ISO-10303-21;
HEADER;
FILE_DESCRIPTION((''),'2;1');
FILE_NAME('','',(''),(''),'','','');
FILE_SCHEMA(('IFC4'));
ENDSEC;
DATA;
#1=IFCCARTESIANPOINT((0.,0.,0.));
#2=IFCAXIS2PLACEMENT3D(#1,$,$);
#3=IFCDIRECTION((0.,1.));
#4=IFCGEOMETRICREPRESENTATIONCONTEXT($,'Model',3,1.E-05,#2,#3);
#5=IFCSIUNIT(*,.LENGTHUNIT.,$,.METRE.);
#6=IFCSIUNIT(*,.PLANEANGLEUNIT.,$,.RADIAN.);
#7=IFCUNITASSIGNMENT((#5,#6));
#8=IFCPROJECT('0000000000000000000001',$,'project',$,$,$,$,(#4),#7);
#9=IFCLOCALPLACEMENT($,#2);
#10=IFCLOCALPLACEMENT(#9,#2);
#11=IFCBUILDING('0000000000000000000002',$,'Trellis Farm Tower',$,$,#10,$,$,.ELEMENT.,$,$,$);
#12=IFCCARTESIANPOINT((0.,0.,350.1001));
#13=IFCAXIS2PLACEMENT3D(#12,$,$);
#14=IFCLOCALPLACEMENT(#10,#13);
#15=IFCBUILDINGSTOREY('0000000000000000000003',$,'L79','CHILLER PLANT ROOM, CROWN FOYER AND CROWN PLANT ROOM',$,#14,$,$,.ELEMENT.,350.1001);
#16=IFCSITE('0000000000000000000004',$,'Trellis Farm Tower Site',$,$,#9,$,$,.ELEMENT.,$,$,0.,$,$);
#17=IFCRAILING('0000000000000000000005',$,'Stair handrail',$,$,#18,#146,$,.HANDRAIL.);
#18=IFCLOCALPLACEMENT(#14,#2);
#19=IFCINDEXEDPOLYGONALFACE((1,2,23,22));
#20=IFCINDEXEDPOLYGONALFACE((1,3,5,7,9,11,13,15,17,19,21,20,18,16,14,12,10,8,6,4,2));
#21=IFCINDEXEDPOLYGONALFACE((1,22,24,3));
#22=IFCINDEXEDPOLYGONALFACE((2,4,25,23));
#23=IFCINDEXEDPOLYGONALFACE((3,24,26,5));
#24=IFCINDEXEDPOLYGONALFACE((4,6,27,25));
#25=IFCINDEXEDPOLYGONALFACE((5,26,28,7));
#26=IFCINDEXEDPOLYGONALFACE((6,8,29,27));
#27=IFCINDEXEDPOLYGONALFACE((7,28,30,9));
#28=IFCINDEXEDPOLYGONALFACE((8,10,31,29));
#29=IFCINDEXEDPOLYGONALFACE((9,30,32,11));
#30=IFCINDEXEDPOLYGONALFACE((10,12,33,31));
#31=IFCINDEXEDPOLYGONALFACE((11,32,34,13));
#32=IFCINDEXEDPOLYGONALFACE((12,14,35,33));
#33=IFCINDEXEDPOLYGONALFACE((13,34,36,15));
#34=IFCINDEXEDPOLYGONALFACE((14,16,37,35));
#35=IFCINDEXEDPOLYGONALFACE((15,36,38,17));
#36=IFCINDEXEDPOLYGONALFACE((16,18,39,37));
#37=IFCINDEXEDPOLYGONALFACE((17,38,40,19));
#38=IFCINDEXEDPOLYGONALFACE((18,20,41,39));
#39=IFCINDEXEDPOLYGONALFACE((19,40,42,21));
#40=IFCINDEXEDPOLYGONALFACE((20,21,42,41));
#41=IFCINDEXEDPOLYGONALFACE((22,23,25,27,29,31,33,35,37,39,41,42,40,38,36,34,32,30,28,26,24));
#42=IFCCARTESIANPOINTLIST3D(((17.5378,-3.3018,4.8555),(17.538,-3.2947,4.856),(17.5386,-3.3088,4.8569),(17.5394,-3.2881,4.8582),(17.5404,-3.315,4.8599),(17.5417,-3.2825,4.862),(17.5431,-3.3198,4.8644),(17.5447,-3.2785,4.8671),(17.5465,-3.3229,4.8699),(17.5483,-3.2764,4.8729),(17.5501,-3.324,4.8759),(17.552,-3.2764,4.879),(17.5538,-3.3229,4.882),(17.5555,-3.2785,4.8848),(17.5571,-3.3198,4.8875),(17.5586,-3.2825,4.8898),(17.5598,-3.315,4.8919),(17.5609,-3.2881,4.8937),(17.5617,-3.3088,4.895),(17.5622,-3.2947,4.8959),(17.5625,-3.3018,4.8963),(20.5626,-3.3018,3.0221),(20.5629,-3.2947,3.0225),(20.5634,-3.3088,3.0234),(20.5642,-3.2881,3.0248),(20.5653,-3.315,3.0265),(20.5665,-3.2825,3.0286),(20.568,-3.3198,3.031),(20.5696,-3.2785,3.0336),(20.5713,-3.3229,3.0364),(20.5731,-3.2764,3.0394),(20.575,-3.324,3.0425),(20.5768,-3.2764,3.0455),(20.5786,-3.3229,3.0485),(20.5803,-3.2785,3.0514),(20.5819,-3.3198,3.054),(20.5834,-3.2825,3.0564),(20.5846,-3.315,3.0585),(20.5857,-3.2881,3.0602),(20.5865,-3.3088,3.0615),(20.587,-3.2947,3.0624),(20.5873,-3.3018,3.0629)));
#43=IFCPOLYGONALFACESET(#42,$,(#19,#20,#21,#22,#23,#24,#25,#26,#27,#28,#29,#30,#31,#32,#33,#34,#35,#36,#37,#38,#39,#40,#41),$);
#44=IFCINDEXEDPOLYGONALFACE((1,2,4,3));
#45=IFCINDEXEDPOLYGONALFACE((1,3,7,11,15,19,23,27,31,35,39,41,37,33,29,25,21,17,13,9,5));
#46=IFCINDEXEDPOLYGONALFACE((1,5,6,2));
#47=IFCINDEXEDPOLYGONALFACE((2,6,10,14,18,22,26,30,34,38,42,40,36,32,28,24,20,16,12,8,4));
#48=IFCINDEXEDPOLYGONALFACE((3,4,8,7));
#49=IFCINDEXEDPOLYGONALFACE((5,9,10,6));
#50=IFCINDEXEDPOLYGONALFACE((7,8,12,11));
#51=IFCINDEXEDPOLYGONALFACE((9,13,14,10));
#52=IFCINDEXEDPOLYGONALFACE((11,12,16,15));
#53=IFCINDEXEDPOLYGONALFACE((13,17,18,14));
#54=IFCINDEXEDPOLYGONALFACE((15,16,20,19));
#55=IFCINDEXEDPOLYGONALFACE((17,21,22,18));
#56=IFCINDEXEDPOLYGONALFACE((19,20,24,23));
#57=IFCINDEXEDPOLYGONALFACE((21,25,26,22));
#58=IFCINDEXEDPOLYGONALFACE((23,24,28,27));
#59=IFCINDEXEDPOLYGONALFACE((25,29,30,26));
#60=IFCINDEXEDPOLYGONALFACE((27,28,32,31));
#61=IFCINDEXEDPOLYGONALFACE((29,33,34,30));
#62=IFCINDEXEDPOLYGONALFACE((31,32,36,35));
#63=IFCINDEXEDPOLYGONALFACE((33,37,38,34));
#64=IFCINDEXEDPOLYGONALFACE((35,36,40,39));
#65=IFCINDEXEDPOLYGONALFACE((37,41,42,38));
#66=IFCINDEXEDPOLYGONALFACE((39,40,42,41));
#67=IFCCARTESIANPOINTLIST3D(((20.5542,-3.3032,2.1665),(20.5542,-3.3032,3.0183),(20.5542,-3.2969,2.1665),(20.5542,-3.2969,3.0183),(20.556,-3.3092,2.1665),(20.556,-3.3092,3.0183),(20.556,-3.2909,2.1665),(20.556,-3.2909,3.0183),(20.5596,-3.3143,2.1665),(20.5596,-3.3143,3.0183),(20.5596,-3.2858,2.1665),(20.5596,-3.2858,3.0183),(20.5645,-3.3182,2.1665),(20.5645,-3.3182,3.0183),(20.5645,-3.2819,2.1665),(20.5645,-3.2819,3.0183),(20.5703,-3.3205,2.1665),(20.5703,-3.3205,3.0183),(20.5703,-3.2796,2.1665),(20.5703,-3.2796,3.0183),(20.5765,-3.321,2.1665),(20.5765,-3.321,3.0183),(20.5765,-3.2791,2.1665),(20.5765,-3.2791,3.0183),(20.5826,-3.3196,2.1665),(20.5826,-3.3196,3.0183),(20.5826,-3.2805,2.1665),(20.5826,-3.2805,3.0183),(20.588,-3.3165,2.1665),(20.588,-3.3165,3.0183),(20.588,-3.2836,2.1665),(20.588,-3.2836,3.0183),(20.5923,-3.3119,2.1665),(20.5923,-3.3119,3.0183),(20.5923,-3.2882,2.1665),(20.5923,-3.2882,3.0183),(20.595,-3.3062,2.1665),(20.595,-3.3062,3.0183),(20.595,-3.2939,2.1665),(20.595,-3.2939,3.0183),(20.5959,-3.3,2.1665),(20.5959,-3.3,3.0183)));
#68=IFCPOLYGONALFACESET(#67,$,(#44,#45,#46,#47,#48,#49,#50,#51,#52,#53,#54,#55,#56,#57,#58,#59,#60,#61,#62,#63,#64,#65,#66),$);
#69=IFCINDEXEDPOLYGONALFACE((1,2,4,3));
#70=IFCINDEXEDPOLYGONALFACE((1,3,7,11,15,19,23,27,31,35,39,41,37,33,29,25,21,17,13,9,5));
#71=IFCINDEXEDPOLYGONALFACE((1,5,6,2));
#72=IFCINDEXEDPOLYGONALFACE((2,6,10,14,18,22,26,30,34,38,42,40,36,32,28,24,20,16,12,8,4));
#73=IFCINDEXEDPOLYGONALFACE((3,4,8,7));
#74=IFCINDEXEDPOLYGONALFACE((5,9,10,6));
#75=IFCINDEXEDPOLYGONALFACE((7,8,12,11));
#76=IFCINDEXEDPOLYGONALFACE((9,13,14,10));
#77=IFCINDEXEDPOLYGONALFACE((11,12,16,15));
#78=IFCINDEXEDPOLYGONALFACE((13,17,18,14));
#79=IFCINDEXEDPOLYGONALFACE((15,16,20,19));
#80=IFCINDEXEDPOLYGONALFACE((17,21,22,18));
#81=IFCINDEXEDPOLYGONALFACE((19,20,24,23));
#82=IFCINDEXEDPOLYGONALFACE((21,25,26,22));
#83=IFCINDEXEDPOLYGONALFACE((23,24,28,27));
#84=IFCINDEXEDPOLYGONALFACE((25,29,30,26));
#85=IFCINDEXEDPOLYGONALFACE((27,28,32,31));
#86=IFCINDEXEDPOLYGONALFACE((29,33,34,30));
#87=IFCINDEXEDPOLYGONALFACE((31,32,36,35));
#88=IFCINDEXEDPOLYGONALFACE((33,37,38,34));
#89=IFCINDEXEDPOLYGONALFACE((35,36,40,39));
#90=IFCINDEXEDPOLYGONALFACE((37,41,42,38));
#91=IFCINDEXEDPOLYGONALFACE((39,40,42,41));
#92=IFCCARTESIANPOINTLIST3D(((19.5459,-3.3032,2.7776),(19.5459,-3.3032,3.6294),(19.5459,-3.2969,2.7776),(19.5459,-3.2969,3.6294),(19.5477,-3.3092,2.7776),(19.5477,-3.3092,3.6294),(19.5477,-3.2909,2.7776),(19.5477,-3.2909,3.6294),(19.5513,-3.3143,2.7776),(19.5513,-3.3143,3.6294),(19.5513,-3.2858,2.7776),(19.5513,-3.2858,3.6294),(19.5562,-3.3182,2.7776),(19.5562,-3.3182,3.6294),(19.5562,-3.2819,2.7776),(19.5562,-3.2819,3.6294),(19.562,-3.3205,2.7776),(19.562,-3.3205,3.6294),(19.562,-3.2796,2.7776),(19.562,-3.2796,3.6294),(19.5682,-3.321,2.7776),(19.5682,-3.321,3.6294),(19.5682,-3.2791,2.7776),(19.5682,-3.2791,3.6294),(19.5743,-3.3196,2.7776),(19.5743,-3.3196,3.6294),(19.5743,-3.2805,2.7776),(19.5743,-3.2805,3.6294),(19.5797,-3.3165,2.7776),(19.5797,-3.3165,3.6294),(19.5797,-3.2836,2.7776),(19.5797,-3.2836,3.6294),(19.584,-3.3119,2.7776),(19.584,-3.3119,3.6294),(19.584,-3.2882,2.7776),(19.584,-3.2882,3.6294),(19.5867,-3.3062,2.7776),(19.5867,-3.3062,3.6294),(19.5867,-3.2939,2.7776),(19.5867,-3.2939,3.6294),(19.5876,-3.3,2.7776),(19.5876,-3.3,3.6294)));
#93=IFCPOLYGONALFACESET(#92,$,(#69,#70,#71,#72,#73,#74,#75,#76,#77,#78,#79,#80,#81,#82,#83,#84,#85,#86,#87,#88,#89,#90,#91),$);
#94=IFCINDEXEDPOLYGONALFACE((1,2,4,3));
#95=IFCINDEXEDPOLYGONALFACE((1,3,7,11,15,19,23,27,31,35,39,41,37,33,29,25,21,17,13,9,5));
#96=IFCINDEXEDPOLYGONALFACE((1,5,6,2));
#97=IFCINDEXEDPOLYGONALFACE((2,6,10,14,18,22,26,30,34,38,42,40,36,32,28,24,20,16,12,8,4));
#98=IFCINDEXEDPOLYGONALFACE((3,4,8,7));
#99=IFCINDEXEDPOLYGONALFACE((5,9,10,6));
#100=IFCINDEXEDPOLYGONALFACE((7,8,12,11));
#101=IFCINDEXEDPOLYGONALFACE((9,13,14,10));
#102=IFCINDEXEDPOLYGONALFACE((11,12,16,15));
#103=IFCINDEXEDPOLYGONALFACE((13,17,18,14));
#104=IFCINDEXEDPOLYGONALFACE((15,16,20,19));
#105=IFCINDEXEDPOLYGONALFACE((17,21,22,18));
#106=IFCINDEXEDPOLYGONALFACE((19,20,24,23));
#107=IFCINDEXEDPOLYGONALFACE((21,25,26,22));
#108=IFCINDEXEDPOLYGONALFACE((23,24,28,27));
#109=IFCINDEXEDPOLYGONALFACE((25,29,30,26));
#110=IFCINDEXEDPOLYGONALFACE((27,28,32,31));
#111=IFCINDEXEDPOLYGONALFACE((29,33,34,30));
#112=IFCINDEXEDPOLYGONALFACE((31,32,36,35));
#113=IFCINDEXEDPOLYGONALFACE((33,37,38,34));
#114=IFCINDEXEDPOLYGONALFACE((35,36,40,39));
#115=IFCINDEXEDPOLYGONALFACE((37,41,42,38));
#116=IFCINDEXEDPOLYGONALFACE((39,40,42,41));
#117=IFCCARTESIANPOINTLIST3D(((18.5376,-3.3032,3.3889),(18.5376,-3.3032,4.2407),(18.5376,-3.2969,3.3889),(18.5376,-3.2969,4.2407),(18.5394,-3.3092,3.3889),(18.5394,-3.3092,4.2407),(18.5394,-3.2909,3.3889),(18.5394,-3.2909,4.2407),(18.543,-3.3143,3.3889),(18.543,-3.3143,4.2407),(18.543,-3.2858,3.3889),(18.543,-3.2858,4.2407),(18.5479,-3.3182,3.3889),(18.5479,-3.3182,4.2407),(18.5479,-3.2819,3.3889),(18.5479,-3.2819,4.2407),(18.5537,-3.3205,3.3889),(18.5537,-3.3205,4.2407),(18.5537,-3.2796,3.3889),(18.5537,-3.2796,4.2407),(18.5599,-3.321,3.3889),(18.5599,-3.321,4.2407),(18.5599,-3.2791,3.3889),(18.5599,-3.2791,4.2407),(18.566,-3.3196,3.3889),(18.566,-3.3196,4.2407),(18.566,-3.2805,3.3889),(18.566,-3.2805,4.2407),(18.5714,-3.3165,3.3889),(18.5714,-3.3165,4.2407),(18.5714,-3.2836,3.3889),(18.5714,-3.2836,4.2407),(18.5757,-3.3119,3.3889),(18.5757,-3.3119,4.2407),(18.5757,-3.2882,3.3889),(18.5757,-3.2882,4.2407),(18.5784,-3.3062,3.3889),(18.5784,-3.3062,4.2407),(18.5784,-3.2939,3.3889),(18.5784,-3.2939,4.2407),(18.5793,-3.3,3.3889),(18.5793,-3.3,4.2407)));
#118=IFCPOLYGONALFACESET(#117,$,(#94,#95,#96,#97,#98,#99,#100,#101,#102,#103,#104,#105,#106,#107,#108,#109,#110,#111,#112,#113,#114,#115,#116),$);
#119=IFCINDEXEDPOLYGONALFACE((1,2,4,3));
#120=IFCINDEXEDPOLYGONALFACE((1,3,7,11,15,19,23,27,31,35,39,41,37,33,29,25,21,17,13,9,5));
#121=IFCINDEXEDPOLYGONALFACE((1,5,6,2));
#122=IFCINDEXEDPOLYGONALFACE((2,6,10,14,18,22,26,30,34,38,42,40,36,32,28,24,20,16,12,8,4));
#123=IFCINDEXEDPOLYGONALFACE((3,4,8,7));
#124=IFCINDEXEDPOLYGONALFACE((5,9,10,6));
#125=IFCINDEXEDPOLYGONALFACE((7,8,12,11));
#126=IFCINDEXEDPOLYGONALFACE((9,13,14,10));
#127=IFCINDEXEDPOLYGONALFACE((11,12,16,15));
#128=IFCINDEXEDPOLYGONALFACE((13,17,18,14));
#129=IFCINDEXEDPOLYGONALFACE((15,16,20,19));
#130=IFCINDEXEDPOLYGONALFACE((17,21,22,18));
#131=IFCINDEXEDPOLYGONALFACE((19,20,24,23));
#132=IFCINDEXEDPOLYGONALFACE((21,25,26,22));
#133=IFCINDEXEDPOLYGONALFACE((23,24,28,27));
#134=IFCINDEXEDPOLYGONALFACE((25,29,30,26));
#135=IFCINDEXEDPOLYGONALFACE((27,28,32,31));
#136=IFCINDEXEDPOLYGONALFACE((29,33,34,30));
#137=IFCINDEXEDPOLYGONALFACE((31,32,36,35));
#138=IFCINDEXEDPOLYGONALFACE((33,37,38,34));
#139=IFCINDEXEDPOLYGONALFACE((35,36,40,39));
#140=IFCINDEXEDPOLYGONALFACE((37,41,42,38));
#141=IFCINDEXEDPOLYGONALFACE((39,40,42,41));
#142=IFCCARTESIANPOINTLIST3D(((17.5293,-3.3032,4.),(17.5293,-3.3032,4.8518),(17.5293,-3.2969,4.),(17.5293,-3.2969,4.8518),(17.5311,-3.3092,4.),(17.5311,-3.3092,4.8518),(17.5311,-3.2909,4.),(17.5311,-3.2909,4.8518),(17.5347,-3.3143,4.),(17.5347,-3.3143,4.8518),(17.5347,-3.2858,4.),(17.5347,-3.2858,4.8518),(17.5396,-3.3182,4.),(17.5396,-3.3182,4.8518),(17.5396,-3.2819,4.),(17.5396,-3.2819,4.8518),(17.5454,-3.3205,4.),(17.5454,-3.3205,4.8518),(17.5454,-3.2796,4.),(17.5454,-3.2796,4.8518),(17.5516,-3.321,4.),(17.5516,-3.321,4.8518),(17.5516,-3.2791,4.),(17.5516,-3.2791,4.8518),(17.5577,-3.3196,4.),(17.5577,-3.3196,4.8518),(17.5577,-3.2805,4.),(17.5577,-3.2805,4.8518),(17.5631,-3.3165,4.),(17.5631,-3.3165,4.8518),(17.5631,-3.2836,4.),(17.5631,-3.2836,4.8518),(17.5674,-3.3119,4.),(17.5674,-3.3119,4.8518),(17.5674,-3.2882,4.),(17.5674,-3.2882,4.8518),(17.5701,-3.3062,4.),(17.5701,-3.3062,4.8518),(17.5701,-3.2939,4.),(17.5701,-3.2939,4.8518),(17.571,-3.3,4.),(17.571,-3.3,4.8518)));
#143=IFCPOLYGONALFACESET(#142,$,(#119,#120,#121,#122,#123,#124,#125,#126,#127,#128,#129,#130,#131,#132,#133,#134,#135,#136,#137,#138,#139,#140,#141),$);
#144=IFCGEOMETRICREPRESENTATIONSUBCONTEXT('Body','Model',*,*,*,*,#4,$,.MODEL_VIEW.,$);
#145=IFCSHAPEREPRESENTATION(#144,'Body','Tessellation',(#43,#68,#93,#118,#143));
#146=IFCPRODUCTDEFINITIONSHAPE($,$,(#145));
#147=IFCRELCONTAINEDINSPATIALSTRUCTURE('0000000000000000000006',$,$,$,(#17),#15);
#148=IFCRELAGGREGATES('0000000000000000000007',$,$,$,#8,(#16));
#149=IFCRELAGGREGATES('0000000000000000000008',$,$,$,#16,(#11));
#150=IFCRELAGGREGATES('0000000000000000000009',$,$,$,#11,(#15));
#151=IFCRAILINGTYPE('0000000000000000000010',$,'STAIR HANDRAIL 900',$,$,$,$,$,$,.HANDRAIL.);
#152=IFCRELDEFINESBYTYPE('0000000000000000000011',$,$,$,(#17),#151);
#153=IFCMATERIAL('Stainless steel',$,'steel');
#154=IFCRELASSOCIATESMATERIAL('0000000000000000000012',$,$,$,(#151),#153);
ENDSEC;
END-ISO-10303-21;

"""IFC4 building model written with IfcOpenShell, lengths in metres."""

from ifc_helpers import new_model, si_unit, direction, frame, origin, origin_2d, place, context, subcontext, project, spatial, circle, extrude, source, transform, mapped, material, type_object, element, save


model = new_model("IFC4")

# Units and contexts
model_context = context("Model", 3, precision=1e-05, world=origin(), true_north=direction((0.0, 1.0)))
body_context = subcontext(model_context, "Body", "Model", "MODEL_VIEW")
ifc_project = project(units=[si_unit("LENGTHUNIT", "METRE"), si_unit("PLANEANGLEUNIT", "RADIAN")], contexts=[model_context])

# Site, building, storey
site_placement = place(None, origin())
site = spatial("IfcSite", under=ifc_project, at=site_placement, Name="Trellis Farm Tower Site", CompositionType="ELEMENT", RefElevation=0.0)
building_placement = place(site_placement, origin())
building = spatial("IfcBuilding", under=site, at=building_placement, Name="Trellis Farm Tower", CompositionType="ELEMENT")
storey_placement = place(building_placement, frame((0.0, 0.0, 350.1001)))
storey = spatial("IfcBuildingStorey", under=building, at=storey_placement, Name="L79", Description="CHILLER PLANT ROOM, CROWN FOYER AND CROWN PLANT ROOM", CompositionType="ELEMENT", Elevation=350.1001)

# Railing
ifc_material_1 = material(Name="Stainless steel", Category="steel")
railing_type = type_object("IfcRailingType", Name="STAIR HANDRAIL 900", PredefinedType="HANDRAIL", material=ifc_material_1)
shared_shape_1 = source(origin(), body_context, "Body", "SweptSolid", [
    extrude(circle(Radius=0.0239, at=origin_2d()), frame((0.0, 0.0, 0.876), z_axis=(-0.85517, 0.0, 0.518348), x_axis=(0.0, -1.0, 0.0)), (0.0, 0.0, 1.0), 3.5371),
    extrude(circle(Radius=0.021, at=origin_2d()), origin(), (0.0, 0.0, 1.0), 0.8518),
    extrude(circle(Radius=0.021, at=origin_2d()), frame((-1.0083, 0.0, 0.6111)), (0.0, 0.0, 1.0), 0.8518),
    extrude(circle(Radius=0.021, at=origin_2d()), frame((-2.0166, 0.0, 1.2224)), (0.0, 0.0, 1.0), 0.8518),
    extrude(circle(Radius=0.021, at=origin_2d()), frame((-3.0249, 0.0, 1.8335)), (0.0, 0.0, 1.0), 0.8518),
])
for number, where, name in (
    (1, (20.575, -3.3, 2.1665), "Stair handrail"),
):
    element("IfcRailing", number, at=place(storey_placement, frame(where)), inside=storey, type_object=railing_type, Name=name, PredefinedType="HANDRAIL", context=body_context, shape_type="MappedRepresentation", body=[
        mapped(shared_shape_1, transform((0.0, 0.0, 0.0))),
    ])

save(model, "model.ifc")
